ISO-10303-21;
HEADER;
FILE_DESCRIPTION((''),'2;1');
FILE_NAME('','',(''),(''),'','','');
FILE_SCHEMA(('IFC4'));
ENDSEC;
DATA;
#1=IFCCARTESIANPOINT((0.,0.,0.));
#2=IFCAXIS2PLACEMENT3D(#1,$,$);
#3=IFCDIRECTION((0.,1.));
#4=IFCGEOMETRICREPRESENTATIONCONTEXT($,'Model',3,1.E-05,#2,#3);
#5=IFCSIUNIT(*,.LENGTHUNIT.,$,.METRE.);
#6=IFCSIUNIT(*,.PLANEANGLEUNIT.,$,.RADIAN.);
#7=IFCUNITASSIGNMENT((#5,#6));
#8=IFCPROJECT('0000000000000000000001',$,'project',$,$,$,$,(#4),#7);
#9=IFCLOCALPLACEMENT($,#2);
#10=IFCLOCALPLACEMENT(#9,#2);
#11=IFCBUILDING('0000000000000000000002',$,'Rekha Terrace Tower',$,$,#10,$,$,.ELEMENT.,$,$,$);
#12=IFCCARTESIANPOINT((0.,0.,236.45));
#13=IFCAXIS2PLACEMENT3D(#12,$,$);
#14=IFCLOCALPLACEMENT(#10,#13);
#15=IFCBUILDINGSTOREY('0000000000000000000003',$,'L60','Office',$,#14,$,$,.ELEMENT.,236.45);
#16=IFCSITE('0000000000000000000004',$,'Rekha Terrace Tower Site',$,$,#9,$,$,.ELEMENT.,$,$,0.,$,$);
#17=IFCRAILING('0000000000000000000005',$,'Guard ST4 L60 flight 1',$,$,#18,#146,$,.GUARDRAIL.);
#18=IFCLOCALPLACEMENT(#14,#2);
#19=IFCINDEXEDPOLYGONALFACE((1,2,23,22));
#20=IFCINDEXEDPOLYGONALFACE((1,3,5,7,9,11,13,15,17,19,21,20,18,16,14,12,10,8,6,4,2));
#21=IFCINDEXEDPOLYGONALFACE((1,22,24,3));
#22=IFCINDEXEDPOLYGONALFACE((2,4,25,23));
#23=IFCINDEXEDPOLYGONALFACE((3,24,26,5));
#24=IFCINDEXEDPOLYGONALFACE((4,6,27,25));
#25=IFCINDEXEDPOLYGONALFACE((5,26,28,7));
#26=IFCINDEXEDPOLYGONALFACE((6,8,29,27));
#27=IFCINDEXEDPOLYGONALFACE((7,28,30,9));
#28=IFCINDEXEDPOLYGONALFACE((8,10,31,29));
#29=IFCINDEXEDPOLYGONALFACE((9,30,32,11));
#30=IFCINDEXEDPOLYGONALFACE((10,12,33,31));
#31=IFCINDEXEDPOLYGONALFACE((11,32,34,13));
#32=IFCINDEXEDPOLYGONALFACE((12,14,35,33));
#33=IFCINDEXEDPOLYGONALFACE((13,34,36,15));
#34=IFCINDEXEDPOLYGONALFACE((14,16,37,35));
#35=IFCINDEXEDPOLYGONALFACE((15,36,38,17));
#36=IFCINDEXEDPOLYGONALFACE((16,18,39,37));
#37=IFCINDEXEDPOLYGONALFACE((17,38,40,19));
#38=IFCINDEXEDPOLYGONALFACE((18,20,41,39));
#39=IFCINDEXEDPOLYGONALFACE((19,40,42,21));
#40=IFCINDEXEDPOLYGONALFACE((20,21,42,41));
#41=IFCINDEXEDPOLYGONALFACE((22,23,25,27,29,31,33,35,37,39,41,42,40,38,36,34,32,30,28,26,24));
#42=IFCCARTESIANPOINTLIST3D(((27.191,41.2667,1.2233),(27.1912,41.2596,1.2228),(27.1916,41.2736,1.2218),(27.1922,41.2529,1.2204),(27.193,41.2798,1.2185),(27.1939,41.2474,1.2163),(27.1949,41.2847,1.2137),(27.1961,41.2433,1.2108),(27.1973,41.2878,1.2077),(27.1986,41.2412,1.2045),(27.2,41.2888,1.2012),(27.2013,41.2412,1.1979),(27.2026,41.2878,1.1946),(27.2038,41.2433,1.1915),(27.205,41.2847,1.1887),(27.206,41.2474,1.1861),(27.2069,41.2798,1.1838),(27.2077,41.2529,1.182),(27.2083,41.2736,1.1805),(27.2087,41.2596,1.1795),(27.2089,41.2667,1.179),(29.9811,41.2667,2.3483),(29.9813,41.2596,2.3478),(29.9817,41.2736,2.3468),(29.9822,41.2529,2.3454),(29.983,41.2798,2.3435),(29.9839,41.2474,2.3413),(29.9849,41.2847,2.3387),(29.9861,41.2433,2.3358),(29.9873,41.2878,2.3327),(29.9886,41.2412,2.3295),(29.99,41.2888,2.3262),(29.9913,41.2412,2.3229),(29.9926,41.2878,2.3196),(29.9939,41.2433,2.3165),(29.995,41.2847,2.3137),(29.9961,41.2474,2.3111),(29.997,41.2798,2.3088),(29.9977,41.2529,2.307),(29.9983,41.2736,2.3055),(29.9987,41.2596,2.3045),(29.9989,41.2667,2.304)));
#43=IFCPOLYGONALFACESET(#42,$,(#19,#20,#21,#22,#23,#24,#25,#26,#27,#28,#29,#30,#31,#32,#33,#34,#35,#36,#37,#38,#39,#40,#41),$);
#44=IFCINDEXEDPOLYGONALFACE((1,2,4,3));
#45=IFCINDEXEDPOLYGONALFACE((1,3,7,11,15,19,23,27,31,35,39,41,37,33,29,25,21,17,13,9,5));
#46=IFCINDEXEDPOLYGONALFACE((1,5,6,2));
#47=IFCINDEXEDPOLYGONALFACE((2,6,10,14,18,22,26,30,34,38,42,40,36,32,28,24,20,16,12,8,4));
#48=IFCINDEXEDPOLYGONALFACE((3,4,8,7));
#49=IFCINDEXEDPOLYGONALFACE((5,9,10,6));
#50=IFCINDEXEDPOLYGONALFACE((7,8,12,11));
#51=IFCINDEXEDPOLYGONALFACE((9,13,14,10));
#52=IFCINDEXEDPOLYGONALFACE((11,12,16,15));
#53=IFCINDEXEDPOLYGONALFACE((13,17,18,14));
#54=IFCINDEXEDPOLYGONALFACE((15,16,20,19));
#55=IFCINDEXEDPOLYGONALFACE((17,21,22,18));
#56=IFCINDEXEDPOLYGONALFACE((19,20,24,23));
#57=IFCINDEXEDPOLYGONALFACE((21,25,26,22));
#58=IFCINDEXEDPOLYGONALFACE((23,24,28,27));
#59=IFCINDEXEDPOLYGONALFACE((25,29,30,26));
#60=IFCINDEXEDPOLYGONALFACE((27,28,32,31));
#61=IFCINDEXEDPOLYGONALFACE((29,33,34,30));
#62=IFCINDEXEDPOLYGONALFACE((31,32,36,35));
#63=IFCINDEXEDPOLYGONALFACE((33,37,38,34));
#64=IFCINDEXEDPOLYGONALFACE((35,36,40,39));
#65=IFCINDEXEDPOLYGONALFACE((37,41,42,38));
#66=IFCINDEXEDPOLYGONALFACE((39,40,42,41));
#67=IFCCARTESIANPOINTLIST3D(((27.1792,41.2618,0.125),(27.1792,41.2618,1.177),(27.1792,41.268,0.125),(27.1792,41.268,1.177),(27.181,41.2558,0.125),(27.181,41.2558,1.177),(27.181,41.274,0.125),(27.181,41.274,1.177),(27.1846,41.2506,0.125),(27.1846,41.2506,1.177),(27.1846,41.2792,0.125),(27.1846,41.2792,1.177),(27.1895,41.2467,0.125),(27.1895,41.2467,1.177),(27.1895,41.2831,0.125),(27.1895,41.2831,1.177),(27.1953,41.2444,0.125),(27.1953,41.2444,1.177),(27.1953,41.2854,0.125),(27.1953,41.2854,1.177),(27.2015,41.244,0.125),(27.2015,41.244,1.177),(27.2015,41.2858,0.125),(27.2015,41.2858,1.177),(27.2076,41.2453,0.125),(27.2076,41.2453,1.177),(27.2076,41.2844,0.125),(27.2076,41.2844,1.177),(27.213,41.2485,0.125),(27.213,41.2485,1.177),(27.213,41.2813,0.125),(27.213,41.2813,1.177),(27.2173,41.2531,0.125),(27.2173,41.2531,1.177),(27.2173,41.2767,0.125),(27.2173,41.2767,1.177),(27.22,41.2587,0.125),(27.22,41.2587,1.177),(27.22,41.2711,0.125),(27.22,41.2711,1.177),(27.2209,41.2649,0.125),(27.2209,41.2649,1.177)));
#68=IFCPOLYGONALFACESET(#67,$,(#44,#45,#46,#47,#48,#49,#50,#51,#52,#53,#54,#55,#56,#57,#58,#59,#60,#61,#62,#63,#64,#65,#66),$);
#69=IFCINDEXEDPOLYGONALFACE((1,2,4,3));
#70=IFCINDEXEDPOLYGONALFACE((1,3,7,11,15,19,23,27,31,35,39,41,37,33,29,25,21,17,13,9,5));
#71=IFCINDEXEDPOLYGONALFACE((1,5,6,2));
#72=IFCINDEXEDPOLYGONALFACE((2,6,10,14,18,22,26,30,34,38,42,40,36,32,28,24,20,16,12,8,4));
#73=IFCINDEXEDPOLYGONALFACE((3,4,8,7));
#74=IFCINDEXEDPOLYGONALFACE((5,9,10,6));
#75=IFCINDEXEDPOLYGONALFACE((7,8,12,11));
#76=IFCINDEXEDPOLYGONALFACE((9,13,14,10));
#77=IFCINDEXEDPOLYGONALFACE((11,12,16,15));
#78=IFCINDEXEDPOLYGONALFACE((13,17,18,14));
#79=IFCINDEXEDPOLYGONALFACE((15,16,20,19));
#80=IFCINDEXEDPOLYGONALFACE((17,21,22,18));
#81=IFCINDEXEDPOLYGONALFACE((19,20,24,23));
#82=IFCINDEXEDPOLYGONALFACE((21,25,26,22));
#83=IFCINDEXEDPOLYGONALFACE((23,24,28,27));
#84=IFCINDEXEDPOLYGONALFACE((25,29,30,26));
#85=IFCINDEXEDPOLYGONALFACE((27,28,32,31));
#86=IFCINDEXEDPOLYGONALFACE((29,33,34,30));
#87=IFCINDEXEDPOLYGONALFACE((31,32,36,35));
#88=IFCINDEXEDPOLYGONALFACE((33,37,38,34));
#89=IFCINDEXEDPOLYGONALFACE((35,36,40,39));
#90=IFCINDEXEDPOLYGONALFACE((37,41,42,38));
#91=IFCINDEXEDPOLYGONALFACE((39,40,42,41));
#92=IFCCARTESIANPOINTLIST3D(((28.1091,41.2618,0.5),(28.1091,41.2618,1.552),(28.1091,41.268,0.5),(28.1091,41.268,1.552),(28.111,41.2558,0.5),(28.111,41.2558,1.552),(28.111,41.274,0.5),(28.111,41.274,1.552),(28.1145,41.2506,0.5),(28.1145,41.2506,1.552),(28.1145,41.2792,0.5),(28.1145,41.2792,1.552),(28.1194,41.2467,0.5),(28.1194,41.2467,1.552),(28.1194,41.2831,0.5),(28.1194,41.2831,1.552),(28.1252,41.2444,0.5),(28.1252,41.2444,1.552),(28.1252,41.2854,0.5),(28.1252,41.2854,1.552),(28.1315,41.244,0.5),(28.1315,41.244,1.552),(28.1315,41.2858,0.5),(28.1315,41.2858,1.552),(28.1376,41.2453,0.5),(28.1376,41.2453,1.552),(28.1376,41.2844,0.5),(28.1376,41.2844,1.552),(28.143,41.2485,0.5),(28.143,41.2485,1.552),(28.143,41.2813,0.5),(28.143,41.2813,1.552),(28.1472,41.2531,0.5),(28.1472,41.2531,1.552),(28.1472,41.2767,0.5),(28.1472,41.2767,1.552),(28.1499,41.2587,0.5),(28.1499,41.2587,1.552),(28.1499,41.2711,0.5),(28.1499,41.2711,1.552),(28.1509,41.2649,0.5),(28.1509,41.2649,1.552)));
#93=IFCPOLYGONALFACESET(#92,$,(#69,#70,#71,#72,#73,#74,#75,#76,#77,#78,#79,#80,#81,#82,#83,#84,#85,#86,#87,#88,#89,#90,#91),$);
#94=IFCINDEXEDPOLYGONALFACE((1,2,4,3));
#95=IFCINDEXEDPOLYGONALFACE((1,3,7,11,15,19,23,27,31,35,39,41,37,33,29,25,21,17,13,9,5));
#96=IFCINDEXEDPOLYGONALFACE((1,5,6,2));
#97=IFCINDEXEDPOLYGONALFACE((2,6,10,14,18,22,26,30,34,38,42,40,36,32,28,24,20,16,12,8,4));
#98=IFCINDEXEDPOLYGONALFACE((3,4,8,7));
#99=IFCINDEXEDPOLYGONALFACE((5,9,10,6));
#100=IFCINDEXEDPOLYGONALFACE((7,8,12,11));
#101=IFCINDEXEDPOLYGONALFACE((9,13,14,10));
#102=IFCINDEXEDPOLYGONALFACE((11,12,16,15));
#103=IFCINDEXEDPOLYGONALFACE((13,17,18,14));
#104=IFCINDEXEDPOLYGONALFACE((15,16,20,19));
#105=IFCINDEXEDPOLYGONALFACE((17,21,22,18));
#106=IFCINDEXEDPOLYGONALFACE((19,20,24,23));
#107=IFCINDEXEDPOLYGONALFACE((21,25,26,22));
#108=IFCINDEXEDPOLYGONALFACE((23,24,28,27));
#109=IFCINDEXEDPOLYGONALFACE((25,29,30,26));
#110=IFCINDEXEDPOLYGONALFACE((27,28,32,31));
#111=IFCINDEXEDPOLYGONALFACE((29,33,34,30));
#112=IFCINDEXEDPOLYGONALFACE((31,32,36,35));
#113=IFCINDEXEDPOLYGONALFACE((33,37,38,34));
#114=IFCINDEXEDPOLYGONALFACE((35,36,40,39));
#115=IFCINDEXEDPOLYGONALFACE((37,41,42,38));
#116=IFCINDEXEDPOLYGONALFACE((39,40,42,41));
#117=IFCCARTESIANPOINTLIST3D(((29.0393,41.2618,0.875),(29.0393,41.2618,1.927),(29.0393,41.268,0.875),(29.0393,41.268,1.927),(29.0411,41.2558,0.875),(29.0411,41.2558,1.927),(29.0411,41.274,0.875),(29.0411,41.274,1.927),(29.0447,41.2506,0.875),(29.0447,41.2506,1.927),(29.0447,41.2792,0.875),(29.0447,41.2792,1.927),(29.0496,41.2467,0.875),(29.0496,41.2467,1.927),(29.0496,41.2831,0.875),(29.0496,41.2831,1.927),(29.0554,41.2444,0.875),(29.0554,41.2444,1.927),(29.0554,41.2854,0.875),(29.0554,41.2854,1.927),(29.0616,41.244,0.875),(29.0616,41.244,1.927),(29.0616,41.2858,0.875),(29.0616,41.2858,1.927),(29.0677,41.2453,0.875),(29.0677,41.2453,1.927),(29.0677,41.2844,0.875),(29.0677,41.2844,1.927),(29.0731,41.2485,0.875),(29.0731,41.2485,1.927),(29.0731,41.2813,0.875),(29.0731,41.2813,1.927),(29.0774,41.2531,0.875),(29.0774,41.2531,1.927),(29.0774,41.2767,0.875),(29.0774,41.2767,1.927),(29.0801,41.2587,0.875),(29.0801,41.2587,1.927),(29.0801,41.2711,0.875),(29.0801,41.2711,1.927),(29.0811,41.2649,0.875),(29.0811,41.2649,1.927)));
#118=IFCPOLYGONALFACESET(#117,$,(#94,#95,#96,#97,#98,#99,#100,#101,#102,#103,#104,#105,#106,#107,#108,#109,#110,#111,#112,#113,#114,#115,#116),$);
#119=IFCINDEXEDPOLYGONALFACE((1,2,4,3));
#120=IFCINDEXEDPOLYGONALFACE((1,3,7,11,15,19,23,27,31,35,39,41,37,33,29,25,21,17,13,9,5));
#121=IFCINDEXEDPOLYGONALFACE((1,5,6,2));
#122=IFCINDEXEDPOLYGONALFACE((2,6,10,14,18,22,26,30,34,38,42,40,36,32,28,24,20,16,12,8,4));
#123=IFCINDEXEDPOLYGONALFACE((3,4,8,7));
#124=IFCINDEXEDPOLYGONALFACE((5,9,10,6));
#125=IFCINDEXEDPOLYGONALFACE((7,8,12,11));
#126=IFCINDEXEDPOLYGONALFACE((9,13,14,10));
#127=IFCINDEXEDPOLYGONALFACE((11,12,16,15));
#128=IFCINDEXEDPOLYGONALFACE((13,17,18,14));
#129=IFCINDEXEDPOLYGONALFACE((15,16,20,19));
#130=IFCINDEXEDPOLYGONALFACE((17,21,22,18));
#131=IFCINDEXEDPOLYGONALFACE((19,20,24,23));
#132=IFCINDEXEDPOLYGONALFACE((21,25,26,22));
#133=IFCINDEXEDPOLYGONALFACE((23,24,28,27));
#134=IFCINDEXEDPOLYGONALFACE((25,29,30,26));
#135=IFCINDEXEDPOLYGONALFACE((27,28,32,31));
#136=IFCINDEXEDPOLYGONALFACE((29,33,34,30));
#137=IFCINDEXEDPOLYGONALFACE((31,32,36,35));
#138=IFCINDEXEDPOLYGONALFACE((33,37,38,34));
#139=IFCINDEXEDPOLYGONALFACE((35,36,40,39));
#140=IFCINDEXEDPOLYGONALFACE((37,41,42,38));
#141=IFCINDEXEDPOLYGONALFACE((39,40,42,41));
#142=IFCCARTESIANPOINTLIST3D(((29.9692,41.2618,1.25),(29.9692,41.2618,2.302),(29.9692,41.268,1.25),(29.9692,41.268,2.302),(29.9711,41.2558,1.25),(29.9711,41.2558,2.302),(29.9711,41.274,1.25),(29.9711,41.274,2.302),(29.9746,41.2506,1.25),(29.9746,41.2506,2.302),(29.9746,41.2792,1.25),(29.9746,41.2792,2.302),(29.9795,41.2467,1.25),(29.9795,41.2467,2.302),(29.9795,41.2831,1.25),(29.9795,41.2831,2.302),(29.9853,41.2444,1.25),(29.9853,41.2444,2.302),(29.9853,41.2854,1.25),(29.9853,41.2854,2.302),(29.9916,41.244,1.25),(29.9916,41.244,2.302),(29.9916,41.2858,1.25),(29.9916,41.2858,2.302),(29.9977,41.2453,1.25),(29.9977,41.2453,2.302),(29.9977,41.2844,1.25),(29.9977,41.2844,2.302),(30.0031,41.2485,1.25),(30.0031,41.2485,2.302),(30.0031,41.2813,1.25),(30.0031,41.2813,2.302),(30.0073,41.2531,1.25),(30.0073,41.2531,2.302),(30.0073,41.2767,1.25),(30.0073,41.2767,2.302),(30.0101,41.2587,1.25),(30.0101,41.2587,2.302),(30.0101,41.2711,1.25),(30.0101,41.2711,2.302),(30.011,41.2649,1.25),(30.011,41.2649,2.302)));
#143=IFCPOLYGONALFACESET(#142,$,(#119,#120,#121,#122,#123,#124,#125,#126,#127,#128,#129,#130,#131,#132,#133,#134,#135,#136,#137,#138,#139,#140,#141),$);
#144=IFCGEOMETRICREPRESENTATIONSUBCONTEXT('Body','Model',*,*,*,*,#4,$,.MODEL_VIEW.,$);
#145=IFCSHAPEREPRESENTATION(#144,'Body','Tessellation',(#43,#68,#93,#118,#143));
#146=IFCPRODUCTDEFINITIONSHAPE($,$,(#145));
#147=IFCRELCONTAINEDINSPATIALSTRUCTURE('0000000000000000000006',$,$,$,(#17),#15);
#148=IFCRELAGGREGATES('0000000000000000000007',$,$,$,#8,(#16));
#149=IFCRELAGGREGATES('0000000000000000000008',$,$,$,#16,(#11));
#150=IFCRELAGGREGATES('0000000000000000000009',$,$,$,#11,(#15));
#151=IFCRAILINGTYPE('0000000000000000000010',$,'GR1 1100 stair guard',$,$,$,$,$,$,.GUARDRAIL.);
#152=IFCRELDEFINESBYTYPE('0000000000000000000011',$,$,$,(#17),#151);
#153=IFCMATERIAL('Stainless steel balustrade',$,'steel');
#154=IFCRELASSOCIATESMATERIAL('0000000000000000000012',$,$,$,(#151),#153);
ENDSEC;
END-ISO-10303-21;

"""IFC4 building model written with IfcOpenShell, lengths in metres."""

from ifc_helpers import new_model, si_unit, direction, frame, origin, origin_2d, place, context, subcontext, project, spatial, circle, extrude, material, type_object, element, save


model = new_model("IFC4")

# Units and contexts
model_context = context("Model", 3, precision=1e-05, world=origin(), true_north=direction((0.0, 1.0)))
body_context = subcontext(model_context, "Body", "Model", "MODEL_VIEW")
ifc_project = project(units=[si_unit("LENGTHUNIT", "METRE"), si_unit("PLANEANGLEUNIT", "RADIAN")], contexts=[model_context])

# Site, building, storey
site_placement = place(None, origin())
site = spatial("IfcSite", under=ifc_project, at=site_placement, Name="Rekha Terrace Tower Site", CompositionType="ELEMENT", RefElevation=0.0)
building_placement = place(site_placement, origin())
building = spatial("IfcBuilding", under=site, at=building_placement, Name="Rekha Terrace Tower", CompositionType="ELEMENT")
storey_placement = place(building_placement, frame((0.0, 0.0, 236.45)))
storey = spatial("IfcBuildingStorey", under=building, at=storey_placement, Name="L60", Description="Office", CompositionType="ELEMENT", Elevation=236.45)

# Railing
ifc_material_1 = material(Name="Stainless steel balustrade", Category="steel")
railing_type_1 = type_object("IfcRailingType", Name="GR1 1100 stair guard", PredefinedType="GUARDRAIL", material=ifc_material_1)
railing_1_placement = place(storey_placement, frame((27.2, 41.2649, 0.125)))
element("IfcRailing", 1, at=railing_1_placement, inside=storey, type_object=railing_type_1, Name="Guard ST4 L60 flight 1", PredefinedType="GUARDRAIL", context=body_context, shape_type="SweptSolid", body=[
    extrude(circle(Radius=0.0239, at=origin_2d()), frame((0.0, 0.0, 1.0762), z_axis=(0.927443, 0.0, 0.373964), x_axis=(0.0, 1.0, 0.0)), (0.0, 0.0, 1.0), 3.0083),
    extrude(circle(Radius=0.021, at=origin_2d()), origin(), (0.0, 0.0, 1.0), 1.052),
    extrude(circle(Radius=0.021, at=origin_2d()), frame((0.9299, 0.0, 0.375)), (0.0, 0.0, 1.0), 1.052),
    extrude(circle(Radius=0.021, at=origin_2d()), frame((1.8601, 0.0, 0.75)), (0.0, 0.0, 1.0), 1.052),
    extrude(circle(Radius=0.021, at=origin_2d()), frame((2.79, 0.0, 1.125)), (0.0, 0.0, 1.0), 1.052),
])

save(model, "model.ifc")
